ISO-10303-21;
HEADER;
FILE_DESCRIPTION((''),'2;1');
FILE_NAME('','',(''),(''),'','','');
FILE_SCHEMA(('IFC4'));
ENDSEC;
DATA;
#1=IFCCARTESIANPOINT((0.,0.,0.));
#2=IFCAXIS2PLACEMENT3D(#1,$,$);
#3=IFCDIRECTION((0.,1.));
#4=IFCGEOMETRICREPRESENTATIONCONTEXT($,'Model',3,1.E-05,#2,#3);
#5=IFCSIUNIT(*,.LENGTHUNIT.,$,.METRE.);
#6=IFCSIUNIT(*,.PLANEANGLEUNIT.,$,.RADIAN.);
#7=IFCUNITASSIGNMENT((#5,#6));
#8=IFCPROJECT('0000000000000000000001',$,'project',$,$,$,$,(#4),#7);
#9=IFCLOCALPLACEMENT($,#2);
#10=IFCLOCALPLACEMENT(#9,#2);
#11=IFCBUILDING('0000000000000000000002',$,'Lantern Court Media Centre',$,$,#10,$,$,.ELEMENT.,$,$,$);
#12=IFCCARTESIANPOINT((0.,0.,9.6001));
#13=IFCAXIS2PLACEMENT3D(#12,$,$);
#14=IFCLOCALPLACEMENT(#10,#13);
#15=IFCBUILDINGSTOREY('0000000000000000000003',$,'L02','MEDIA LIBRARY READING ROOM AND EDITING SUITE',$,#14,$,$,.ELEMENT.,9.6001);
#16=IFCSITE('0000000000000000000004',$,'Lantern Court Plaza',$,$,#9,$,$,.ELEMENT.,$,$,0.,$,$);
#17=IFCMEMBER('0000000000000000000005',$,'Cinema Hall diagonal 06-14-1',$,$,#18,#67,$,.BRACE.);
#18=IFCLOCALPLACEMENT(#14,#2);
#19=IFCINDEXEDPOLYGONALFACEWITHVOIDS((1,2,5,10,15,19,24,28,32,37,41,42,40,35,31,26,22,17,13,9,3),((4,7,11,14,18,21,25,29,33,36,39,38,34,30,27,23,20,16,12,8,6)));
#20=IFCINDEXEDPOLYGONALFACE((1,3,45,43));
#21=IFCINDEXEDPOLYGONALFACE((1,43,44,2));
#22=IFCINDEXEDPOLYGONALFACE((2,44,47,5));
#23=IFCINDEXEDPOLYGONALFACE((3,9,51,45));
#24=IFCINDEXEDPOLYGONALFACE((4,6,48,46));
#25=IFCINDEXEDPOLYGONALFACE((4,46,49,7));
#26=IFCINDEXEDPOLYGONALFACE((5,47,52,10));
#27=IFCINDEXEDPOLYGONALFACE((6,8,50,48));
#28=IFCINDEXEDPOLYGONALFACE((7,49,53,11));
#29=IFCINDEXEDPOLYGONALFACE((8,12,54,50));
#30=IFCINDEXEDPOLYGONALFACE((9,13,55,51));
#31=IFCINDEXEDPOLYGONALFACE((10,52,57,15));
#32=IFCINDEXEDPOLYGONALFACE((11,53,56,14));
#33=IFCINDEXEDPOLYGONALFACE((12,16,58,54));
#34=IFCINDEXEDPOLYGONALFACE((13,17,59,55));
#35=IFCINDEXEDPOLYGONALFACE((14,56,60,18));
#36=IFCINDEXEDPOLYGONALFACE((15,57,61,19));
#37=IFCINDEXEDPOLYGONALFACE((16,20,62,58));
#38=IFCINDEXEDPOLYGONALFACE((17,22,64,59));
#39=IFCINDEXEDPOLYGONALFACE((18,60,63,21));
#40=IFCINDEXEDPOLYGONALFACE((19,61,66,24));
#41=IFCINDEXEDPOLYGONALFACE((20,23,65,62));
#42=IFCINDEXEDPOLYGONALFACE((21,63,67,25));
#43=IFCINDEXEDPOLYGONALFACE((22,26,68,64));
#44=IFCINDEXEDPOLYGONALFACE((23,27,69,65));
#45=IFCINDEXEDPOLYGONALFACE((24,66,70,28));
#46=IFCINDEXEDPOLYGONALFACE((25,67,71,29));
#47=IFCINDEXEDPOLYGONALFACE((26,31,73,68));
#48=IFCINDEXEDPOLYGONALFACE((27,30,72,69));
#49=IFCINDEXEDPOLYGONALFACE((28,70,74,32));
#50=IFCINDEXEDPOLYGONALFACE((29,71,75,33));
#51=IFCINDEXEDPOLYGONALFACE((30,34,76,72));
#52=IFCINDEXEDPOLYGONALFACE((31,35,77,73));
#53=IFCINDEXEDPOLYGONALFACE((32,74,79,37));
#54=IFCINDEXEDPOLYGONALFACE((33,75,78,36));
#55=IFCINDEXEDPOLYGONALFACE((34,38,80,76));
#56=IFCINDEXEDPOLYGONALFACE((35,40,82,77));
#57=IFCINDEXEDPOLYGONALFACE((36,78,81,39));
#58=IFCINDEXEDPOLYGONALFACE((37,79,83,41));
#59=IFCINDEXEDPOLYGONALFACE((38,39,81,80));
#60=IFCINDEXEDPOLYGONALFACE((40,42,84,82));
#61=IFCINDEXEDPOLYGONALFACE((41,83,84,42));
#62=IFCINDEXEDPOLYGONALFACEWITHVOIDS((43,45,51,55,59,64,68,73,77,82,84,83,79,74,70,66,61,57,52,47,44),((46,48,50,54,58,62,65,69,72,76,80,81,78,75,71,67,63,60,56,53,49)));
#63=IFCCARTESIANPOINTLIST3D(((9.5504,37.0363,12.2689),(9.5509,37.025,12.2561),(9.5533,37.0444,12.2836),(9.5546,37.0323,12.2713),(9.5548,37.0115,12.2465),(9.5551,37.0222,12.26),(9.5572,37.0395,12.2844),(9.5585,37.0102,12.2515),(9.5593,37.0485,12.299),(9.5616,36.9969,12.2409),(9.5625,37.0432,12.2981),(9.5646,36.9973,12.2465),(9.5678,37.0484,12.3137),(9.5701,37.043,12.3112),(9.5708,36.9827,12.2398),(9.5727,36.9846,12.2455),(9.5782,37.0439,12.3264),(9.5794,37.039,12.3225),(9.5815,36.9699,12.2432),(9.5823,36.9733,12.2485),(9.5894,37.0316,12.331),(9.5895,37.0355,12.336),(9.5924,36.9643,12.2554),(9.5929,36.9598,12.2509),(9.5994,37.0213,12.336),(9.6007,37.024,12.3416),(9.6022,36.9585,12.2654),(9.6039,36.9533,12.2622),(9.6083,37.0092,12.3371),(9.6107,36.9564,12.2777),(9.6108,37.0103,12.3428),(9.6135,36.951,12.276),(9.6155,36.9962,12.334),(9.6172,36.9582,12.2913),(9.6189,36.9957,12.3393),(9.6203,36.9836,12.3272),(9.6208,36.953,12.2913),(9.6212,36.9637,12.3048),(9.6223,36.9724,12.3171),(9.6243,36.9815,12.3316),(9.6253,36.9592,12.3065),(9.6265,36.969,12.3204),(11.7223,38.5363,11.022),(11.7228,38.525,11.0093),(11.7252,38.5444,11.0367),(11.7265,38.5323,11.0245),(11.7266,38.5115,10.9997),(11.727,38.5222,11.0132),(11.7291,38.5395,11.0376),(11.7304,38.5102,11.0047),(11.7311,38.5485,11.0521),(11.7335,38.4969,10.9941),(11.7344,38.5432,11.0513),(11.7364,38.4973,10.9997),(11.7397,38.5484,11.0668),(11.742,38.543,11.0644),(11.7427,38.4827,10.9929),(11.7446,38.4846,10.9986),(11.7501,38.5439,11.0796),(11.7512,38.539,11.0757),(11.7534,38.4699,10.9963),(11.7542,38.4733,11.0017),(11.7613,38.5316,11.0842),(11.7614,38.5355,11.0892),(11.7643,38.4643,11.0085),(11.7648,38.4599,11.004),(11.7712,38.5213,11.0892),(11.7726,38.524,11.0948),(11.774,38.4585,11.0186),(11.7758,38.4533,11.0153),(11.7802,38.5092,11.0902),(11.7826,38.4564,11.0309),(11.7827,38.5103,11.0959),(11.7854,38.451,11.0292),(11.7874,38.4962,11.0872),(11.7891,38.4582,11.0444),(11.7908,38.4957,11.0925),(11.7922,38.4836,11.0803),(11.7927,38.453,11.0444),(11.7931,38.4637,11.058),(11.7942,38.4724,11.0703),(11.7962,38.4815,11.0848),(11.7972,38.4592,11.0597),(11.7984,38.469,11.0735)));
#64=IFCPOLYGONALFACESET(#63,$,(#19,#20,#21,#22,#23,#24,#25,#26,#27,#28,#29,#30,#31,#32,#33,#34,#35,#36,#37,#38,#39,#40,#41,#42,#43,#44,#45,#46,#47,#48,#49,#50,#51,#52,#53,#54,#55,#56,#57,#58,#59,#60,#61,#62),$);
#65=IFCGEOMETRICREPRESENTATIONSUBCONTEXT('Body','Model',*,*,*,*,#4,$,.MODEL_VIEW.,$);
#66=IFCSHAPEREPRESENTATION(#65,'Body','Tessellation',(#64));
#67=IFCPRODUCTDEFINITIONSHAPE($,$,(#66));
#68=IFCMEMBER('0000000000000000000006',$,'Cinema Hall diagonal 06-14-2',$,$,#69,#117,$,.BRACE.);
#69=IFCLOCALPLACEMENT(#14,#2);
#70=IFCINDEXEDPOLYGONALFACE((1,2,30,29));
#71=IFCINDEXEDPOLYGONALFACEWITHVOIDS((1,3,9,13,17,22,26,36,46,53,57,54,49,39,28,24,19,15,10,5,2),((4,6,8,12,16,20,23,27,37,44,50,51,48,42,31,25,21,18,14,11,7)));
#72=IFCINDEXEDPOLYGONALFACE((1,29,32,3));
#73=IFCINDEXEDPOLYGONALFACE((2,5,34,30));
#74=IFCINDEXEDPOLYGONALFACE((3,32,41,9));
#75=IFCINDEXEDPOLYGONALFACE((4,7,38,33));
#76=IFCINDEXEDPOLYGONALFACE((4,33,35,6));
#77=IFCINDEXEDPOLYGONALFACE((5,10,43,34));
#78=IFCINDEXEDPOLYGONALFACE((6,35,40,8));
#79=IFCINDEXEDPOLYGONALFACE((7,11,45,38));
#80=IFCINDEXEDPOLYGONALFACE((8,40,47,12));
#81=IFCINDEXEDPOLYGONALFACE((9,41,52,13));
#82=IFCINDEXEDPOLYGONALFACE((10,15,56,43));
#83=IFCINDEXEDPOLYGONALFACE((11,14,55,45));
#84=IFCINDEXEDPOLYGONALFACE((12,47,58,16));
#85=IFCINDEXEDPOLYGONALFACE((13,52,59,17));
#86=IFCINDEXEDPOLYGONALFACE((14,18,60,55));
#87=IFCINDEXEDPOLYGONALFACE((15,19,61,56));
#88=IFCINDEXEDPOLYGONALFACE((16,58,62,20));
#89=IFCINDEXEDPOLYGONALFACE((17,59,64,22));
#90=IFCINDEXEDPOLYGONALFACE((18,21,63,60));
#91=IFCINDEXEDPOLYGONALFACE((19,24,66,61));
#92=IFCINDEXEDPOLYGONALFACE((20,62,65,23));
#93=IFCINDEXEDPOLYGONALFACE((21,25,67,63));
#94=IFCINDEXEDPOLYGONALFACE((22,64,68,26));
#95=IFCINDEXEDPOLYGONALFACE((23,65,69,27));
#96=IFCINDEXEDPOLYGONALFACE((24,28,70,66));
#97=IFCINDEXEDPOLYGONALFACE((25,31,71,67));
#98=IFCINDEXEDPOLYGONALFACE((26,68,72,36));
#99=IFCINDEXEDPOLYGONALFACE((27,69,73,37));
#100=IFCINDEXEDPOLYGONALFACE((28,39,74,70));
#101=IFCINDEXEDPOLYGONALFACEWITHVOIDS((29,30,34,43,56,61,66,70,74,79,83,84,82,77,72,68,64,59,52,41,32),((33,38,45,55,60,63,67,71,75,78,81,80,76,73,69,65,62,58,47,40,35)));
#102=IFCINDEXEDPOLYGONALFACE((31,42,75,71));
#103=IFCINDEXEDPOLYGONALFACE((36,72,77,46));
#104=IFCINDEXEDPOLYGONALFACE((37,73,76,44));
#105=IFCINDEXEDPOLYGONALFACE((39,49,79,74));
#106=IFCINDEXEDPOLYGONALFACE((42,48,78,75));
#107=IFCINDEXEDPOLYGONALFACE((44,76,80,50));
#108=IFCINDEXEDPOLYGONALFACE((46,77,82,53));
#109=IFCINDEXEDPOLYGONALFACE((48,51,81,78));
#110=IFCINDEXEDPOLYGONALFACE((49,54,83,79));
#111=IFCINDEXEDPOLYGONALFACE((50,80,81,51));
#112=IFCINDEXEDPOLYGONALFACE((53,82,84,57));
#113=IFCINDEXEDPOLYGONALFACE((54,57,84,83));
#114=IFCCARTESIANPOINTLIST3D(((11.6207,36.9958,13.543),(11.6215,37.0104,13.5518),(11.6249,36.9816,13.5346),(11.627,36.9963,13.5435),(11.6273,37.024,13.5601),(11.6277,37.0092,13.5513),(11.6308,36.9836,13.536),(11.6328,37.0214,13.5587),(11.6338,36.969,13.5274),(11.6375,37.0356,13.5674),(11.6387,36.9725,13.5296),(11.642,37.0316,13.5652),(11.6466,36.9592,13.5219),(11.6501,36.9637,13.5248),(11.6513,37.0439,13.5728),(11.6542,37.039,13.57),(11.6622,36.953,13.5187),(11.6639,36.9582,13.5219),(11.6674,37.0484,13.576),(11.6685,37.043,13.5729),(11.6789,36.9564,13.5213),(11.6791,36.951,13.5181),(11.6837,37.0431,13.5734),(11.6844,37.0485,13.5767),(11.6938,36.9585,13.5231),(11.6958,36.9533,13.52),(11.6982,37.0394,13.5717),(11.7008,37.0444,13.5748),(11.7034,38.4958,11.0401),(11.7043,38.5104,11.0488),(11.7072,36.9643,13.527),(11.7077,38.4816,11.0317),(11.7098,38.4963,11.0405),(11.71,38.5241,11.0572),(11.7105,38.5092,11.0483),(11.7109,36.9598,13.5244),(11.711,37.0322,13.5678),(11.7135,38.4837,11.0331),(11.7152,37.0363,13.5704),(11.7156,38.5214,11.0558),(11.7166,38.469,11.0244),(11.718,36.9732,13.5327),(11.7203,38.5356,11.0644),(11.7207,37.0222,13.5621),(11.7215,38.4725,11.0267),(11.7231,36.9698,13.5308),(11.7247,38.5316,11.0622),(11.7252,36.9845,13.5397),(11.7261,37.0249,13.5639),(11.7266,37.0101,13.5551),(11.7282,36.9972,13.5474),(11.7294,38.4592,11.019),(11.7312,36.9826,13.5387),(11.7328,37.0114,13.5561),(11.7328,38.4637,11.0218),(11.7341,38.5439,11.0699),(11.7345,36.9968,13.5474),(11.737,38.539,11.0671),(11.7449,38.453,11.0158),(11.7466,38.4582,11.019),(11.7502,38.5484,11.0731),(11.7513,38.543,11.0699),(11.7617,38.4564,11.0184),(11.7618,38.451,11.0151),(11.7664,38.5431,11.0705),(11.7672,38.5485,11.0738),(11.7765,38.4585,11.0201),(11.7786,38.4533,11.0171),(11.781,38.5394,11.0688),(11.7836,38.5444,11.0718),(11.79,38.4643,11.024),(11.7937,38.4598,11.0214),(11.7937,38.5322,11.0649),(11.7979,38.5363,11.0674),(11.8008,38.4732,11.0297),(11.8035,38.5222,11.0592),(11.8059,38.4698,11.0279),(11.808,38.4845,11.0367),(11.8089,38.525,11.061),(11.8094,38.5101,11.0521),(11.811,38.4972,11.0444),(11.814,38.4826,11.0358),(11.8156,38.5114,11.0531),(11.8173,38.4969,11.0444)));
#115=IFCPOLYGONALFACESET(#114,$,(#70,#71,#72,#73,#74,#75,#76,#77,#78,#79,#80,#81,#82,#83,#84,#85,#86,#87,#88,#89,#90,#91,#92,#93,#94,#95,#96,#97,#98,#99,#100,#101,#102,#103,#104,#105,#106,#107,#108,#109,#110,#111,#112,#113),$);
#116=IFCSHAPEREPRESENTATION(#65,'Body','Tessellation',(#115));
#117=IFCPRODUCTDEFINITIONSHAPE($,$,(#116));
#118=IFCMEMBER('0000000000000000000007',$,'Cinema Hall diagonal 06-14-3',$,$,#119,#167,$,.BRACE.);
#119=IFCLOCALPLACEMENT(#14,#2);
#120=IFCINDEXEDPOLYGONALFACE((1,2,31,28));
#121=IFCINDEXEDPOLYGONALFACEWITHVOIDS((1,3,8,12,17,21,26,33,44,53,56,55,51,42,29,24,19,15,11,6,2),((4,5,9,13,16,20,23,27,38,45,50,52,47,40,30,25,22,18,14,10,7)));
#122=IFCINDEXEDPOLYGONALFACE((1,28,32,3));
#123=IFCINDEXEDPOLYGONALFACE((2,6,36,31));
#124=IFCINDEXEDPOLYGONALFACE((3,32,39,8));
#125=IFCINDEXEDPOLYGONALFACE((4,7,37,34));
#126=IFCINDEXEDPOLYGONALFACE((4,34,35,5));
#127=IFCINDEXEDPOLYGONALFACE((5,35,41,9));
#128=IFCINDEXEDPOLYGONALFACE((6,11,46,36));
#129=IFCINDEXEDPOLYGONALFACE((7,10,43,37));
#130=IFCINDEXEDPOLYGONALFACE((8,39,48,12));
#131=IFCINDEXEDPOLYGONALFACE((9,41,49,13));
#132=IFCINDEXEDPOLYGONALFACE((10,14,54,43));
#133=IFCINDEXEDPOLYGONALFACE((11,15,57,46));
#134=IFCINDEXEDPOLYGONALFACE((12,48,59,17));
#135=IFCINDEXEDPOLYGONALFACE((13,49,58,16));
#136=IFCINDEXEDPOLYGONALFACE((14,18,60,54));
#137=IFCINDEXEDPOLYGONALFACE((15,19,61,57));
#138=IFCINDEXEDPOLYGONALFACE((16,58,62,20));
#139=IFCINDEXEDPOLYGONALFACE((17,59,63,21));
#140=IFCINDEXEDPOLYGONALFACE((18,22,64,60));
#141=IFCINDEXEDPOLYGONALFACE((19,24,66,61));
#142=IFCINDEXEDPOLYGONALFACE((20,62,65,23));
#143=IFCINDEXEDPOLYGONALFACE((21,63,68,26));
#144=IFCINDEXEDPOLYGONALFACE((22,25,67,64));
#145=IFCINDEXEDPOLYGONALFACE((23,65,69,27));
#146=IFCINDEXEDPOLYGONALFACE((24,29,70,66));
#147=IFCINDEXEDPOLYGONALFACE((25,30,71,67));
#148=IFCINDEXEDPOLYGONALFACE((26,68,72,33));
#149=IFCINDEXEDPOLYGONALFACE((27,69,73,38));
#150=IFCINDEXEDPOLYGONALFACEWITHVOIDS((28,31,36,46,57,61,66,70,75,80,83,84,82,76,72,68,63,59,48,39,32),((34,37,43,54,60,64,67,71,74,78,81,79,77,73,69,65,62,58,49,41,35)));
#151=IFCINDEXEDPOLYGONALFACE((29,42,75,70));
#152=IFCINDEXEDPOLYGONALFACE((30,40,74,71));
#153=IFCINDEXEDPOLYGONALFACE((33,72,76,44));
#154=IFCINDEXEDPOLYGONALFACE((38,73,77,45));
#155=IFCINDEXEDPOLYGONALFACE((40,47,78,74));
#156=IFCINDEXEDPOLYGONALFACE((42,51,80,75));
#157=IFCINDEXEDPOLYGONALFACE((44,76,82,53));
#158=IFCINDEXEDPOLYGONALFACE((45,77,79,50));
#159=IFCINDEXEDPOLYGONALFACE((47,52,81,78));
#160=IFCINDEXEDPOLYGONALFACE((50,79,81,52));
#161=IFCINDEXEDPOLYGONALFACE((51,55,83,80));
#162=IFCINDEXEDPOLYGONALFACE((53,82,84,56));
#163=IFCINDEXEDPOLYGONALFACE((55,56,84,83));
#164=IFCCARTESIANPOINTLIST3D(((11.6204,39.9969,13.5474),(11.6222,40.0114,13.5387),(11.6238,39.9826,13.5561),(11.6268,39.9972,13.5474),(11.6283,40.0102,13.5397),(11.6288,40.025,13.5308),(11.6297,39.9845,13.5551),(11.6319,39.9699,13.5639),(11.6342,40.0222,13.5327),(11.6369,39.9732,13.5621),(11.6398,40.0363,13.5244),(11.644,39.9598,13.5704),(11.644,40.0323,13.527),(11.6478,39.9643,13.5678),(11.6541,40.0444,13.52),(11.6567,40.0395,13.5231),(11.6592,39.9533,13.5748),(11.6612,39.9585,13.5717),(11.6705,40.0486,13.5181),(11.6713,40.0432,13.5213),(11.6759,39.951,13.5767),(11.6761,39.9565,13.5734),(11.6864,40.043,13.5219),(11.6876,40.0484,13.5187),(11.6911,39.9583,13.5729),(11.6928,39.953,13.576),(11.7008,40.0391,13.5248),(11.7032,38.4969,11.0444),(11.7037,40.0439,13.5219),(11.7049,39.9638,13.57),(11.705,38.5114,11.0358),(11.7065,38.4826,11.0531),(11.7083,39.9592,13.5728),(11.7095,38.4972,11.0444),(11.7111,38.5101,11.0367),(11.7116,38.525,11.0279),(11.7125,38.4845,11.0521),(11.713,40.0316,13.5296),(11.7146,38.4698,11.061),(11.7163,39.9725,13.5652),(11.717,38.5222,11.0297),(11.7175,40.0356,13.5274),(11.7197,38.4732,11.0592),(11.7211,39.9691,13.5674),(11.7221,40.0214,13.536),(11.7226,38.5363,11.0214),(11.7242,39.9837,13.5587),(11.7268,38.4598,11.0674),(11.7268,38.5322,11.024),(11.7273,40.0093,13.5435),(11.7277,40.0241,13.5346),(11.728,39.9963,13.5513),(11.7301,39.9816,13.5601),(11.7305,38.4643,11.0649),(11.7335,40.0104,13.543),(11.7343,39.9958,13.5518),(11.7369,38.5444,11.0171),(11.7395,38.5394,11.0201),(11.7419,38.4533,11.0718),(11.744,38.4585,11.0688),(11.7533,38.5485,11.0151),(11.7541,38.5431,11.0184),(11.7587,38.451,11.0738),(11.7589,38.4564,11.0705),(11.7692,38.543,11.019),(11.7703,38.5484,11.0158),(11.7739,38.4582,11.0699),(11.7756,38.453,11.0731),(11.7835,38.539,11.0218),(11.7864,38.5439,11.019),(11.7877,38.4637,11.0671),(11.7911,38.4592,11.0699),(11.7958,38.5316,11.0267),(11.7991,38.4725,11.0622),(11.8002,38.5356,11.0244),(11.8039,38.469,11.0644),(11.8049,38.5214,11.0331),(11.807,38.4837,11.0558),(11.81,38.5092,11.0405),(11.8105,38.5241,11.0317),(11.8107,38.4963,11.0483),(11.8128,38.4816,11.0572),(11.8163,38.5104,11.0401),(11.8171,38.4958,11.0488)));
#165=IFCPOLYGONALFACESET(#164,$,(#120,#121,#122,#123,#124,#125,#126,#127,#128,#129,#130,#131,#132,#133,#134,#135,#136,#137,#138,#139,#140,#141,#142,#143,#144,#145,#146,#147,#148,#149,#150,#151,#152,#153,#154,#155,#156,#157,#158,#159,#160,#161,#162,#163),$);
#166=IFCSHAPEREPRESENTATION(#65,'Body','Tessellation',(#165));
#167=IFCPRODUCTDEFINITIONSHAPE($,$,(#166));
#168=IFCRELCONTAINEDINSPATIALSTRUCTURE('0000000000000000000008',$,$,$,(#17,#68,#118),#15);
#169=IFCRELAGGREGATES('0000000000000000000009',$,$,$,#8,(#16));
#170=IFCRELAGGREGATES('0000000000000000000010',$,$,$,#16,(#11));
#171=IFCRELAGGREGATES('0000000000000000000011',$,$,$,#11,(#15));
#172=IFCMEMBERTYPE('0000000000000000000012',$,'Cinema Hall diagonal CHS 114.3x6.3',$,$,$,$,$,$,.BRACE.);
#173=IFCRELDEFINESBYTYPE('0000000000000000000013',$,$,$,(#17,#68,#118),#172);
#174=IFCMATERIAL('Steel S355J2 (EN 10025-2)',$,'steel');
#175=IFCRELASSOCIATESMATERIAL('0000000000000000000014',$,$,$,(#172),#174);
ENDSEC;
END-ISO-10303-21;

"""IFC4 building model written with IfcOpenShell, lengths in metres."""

from ifc_helpers import new_model, si_unit, direction, frame, origin, origin_2d, place, context, subcontext, project, spatial, hollow_circle, extrude, material, material_profile, profile_set, type_object, element, save


model = new_model("IFC4")

# Units and contexts
model_context = context("Model", 3, precision=1e-05, world=origin(), true_north=direction((0.0, 1.0)))
body_context = subcontext(model_context, "Body", "Model", "MODEL_VIEW")
ifc_project = project(units=[si_unit("LENGTHUNIT", "METRE"), si_unit("PLANEANGLEUNIT", "RADIAN")], contexts=[model_context])

# Site, building, storey
site_placement = place(None, origin())
site = spatial("IfcSite", under=ifc_project, at=site_placement, Name="Lantern Court Plaza", CompositionType="ELEMENT", RefElevation=0.0)
building_placement = place(site_placement, origin())
building = spatial("IfcBuilding", under=site, at=building_placement, Name="Lantern Court Media Centre", CompositionType="ELEMENT")
storey_placement = place(building_placement, frame((0.0, 0.0, 9.6001)))
storey = spatial("IfcBuildingStorey", under=building, at=storey_placement, Name="L02", Description="MEDIA LIBRARY READING ROOM AND EDITING SUITE", CompositionType="ELEMENT", Elevation=9.6001)

# Members
ifc_material_1 = material(Name="Steel S355J2 (EN 10025-2)", Category="steel")
ifc_material_profile_1 = material_profile(ifc_material_1, hollow_circle(Radius=0.0571, WallThickness=0.0063, at=origin_2d()), Name="Cinema Hall diagonal CHS 114.3x6.3")
ifc_profile_set_1 = profile_set([ifc_material_profile_1], Name="Steel S355J2 (EN 10025-2)")
member_type_1 = type_object("IfcMemberType", Name="Cinema Hall diagonal CHS 114.3x6.3", PredefinedType="BRACE", material=ifc_profile_set_1)
for number, where, z_axis, x_axis, name in (
    (1, (11.7603, 38.5, 11.0444), (-0.744002, -0.513843, 0.427115), (0.568286, -0.822831, 0.0), "Cinema Hall diagonal 06-14-1"),
    (2, (11.7603, 38.5, 11.0444), (-0.028352, -0.513846, 0.857414), (0.998481, -0.055092, 0.0), "Cinema Hall diagonal 06-14-2"),
    (3, (11.7603, 38.5, 11.0444), (-0.028352, 0.513846, 0.857414), (-0.998481, -0.055092, 0.0), "Cinema Hall diagonal 06-14-3"),
):
    element("IfcMember", number, at=place(storey_placement, frame(where, z_axis=z_axis, x_axis=x_axis)), inside=storey, type_object=member_type_1, Name=name, PredefinedType="BRACE", context=body_context, shape_type="SweptSolid", body=[
        extrude(hollow_circle(Radius=0.0571, WallThickness=0.0063, at=origin_2d()), origin(), (0.0, 0.0, 1.0), 2.9192),
    ])

save(model, "model.ifc")
